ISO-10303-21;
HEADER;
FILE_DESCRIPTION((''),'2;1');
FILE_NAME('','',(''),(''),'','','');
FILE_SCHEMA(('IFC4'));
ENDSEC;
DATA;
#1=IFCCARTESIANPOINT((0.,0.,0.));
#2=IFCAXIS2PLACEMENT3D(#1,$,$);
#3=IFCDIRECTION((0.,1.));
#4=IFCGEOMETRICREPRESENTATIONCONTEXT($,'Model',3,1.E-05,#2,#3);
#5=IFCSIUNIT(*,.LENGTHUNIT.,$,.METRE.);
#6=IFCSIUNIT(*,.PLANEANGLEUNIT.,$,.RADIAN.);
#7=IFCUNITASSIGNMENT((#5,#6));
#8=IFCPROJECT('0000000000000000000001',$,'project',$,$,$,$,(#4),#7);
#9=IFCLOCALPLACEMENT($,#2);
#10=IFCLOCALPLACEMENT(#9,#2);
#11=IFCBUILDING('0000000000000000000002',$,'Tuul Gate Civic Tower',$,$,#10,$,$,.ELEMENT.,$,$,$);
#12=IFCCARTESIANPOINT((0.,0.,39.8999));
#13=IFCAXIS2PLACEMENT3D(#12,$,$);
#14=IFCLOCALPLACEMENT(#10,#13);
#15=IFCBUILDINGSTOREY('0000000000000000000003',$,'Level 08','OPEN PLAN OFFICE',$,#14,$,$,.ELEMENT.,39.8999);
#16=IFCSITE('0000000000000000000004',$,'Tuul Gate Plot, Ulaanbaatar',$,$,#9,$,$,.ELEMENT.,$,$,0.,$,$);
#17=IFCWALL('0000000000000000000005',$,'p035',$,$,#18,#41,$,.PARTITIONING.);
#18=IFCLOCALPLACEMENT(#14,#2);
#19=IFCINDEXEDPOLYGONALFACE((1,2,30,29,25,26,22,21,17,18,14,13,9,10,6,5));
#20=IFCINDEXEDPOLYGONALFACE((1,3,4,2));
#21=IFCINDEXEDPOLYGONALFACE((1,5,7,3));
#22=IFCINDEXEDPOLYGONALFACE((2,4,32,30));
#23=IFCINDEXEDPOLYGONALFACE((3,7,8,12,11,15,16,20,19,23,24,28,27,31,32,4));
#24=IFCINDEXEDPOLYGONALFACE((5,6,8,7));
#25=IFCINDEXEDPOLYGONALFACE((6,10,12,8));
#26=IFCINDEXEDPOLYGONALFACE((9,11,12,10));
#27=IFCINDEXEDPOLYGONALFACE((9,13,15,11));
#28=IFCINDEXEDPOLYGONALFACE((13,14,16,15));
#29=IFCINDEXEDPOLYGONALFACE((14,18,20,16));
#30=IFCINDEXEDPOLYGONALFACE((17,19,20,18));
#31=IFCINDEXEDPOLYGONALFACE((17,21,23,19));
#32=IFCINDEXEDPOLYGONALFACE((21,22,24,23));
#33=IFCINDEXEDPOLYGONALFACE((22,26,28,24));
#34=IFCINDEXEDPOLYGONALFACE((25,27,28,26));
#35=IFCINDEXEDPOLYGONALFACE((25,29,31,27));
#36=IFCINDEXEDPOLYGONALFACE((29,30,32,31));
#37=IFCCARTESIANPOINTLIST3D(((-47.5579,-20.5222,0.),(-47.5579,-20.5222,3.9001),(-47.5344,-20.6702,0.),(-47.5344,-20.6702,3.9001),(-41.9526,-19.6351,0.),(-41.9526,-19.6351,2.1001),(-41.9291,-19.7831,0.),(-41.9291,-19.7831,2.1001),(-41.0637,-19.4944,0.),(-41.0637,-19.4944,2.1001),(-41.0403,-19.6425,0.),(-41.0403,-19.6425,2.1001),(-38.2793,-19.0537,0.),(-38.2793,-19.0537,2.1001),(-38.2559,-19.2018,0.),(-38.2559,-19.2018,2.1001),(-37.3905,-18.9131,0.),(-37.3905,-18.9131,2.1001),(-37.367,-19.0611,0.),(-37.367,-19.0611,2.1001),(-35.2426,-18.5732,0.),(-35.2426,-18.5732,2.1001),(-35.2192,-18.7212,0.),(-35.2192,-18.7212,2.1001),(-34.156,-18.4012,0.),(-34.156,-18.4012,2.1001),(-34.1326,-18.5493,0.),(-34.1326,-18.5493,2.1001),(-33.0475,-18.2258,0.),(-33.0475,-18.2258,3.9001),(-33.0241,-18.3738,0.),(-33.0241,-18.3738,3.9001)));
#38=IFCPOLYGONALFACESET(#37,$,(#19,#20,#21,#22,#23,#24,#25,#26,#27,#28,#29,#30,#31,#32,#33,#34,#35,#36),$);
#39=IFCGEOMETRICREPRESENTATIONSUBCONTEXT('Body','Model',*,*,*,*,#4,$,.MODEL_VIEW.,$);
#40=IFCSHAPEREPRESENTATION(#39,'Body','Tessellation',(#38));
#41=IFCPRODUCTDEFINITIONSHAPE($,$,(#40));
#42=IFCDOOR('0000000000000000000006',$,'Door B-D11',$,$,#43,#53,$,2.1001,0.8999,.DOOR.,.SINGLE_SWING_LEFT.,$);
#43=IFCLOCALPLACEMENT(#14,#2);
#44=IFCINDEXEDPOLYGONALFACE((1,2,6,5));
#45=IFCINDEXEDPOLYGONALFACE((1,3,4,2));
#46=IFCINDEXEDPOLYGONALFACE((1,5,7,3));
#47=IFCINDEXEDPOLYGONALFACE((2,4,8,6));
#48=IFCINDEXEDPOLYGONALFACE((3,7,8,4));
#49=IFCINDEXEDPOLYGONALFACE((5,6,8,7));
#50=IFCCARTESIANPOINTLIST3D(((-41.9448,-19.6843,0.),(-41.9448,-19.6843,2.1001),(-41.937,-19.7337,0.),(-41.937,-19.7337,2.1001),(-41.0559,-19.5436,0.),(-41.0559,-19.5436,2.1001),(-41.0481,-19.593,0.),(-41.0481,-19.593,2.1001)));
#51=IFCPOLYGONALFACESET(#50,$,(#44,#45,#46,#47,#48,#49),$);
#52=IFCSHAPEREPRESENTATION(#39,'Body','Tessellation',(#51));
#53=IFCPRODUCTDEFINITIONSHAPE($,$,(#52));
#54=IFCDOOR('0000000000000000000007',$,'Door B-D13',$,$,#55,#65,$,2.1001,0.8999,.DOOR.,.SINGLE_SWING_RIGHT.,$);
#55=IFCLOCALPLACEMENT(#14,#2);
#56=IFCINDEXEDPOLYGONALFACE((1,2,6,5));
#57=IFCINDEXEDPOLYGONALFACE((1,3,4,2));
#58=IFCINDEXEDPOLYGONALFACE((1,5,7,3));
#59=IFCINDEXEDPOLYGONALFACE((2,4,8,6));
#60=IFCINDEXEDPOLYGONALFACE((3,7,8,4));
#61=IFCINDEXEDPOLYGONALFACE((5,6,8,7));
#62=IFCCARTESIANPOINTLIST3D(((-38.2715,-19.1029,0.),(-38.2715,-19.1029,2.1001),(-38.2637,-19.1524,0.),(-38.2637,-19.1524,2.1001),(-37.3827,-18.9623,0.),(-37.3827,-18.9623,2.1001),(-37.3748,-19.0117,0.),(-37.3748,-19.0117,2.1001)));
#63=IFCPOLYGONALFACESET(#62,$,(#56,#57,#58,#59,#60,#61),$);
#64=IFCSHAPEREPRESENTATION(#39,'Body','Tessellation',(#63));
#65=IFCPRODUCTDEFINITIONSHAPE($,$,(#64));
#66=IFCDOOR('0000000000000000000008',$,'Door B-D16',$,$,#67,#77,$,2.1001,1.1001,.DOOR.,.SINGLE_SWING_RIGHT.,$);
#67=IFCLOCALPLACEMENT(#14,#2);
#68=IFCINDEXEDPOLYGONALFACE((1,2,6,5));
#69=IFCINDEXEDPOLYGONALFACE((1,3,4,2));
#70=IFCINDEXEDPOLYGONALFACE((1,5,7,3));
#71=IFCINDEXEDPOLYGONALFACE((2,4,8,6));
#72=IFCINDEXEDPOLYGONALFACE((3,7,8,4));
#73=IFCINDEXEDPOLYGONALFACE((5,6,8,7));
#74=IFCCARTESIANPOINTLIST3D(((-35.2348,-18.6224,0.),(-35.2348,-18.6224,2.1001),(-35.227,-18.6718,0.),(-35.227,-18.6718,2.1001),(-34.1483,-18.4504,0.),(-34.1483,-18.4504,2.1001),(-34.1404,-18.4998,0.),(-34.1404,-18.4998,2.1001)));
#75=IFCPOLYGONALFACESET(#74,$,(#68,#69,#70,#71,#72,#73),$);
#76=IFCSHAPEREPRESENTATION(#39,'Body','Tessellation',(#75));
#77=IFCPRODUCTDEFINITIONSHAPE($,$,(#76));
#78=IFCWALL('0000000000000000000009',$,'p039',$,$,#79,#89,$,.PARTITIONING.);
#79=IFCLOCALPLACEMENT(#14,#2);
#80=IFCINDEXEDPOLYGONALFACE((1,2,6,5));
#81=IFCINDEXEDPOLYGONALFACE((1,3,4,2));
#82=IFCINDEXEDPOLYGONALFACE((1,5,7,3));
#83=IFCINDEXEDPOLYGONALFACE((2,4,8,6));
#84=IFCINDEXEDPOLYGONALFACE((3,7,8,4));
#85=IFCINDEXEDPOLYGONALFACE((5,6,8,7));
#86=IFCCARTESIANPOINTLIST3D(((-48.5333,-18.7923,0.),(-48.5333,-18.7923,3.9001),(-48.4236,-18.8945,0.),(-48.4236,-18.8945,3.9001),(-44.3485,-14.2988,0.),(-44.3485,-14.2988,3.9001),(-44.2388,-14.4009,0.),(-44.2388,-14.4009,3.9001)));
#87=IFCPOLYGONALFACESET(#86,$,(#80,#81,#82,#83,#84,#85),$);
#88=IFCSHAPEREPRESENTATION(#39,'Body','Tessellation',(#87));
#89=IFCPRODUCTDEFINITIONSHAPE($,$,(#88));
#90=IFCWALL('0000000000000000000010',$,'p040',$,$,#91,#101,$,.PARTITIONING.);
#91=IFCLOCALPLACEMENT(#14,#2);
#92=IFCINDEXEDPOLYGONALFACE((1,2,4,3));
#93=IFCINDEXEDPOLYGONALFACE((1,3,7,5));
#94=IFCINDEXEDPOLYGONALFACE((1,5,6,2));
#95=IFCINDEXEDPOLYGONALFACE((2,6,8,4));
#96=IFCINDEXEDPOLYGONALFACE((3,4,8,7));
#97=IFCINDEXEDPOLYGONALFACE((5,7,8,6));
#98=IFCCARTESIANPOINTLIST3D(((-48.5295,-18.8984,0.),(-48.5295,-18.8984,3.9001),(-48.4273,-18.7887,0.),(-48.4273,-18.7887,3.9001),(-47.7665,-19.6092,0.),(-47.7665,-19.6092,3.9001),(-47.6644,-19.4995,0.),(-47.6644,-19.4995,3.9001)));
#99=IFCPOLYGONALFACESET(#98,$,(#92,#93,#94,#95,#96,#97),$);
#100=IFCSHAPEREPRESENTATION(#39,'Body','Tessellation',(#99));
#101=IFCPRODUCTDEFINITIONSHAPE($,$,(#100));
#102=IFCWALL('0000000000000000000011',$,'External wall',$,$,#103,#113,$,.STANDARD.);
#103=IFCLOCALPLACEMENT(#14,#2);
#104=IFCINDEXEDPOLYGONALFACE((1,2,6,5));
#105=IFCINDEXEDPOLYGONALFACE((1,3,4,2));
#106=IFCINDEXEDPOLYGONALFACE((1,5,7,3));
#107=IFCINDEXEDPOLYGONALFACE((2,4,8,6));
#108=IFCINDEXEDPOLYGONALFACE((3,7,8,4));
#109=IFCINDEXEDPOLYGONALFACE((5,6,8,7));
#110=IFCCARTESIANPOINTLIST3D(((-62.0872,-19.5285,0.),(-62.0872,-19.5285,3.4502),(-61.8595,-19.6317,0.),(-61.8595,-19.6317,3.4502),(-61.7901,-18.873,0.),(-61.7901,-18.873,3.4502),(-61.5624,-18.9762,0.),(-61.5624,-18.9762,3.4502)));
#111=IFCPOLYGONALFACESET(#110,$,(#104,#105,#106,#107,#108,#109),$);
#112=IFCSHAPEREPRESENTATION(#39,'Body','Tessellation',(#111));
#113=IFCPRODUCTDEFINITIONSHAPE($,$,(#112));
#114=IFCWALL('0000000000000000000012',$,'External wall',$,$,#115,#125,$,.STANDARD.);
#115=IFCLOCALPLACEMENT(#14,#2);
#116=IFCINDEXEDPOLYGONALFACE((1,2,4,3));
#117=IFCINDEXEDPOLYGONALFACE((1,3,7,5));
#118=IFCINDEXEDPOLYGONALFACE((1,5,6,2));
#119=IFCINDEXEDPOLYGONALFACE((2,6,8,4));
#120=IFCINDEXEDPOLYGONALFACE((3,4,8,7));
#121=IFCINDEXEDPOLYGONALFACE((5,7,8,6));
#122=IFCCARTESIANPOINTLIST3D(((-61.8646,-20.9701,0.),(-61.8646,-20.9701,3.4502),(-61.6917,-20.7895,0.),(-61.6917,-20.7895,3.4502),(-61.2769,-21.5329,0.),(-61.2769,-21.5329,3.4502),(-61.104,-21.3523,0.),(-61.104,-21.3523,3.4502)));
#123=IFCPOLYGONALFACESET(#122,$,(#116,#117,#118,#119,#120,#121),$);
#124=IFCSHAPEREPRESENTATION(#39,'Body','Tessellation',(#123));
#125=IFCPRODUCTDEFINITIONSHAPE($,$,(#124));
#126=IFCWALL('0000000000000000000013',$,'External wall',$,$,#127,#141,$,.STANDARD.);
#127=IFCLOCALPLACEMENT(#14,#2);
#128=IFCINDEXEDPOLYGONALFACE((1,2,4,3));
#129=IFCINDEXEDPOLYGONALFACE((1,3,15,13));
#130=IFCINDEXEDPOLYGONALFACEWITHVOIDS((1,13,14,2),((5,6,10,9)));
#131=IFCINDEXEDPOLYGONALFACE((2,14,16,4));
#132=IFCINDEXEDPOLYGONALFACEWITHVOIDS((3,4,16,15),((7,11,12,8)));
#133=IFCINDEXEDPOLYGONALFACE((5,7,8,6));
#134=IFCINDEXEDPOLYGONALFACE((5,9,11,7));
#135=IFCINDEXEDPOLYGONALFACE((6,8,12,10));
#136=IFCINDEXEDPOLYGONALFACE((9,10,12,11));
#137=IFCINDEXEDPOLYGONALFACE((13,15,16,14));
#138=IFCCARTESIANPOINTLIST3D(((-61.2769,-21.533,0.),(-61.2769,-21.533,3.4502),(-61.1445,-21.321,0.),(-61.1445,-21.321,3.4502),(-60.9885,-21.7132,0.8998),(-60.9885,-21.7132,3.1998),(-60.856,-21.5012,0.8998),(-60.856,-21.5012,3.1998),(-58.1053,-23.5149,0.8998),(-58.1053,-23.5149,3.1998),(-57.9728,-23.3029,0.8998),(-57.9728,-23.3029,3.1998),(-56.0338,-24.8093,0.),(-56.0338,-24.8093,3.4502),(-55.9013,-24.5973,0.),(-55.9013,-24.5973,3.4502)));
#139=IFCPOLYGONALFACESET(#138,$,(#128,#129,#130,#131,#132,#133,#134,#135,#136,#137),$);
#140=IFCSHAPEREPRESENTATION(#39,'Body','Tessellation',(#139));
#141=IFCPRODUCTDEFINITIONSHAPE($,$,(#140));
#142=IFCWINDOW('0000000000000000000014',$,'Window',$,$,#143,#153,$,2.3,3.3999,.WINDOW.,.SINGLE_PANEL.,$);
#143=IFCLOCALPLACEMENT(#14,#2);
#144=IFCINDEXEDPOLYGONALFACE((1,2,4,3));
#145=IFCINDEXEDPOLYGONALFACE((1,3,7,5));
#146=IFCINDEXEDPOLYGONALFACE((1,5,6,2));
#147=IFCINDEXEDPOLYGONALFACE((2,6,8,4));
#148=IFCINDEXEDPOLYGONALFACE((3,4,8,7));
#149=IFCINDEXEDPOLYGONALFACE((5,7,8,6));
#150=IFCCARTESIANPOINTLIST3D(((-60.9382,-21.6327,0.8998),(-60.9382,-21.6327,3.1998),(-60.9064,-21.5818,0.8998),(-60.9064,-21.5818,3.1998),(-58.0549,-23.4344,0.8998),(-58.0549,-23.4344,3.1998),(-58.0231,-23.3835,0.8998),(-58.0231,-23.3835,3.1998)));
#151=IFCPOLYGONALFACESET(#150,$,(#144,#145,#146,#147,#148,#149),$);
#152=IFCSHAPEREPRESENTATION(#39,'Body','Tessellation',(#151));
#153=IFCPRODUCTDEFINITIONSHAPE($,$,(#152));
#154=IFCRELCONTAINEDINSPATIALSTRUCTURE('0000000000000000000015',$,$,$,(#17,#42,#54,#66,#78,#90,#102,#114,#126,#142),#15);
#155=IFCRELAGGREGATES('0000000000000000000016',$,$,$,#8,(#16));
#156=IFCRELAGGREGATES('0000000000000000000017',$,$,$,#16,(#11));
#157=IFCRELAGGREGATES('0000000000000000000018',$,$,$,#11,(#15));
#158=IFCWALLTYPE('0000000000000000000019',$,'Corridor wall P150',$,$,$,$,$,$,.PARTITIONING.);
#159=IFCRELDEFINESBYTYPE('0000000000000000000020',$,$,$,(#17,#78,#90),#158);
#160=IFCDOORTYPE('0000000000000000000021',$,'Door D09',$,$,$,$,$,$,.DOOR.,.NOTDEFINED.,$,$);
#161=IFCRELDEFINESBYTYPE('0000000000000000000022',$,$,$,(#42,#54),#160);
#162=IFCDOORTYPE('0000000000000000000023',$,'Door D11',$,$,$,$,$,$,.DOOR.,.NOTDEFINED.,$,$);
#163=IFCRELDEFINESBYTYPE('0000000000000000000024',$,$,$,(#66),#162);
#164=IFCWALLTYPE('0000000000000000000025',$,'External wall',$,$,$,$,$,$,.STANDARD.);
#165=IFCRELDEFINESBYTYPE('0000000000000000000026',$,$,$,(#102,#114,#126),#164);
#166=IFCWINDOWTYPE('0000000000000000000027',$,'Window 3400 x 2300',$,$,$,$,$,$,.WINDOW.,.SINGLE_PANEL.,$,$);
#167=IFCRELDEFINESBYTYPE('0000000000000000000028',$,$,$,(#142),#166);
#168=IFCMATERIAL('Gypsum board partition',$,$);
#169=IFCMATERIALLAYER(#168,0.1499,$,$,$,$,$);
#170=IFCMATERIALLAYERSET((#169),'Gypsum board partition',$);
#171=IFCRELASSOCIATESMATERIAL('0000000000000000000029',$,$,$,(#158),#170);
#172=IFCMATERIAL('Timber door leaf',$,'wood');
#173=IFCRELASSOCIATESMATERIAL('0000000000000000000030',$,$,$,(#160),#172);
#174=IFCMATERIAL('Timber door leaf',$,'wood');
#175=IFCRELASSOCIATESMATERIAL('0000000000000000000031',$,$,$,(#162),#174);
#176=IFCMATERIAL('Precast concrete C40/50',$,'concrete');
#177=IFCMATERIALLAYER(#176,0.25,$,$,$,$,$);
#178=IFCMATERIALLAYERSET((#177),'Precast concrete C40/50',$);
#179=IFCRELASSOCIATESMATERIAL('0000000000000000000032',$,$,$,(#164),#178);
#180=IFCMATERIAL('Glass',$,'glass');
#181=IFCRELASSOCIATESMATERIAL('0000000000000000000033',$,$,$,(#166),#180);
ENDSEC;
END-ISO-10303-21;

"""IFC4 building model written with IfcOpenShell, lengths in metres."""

from ifc_helpers import new_model, si_unit, direction, frame, frame_2d, origin, place, context, subcontext, project, spatial, rectangle, extrude, material, layer, layer_set, type_object, element, fill, save


model = new_model("IFC4")

# Units and contexts
model_context = context("Model", 3, precision=1e-05, world=origin(), true_north=direction((0.0, 1.0)))
body_context = subcontext(model_context, "Body", "Model", "MODEL_VIEW")
ifc_project = project(units=[si_unit("LENGTHUNIT", "METRE"), si_unit("PLANEANGLEUNIT", "RADIAN")], contexts=[model_context])

# Site, building, storey
site_placement = place(None, origin())
site = spatial("IfcSite", under=ifc_project, at=site_placement, Name="Tuul Gate Plot, Ulaanbaatar", CompositionType="ELEMENT", RefElevation=0.0)
building_placement = place(site_placement, origin())
building = spatial("IfcBuilding", under=site, at=building_placement, Name="Tuul Gate Civic Tower", CompositionType="ELEMENT")
storey_placement = place(building_placement, frame((0.0, 0.0, 39.8999)))
storey = spatial("IfcBuildingStorey", under=building, at=storey_placement, Name="Level 08", Description="OPEN PLAN OFFICE", CompositionType="ELEMENT", Elevation=39.8999)

# Shared definitions
ifc_material_1 = material(Name="Gypsum board partition")
ifc_layer_1 = layer(ifc_material_1, 0.1499)
ifc_layer_set_1 = layer_set([ifc_layer_1], Name="Gypsum board partition")
wall_type_1 = type_object("IfcWallType", Name="Corridor wall P150", PredefinedType="PARTITIONING", material=ifc_layer_set_1)

# Wall, openings, doors
wall_1_placement = place(storey_placement, frame((-47.5461, -20.5962, 0.0), z_axis=(0.0, 0.0, 1.0), x_axis=(0.987707, 0.156314, 0.0)))
wall_1 = element("IfcWall", 1, at=wall_1_placement, inside=storey, type_object=wall_type_1, Name="p035", PredefinedType="PARTITIONING", context=body_context, shape_type="SweptSolid", body=[
    extrude(rectangle(XDim=14.6909, YDim=0.1499, at=frame_2d((7.3455, 0.0))), origin(), (0.0, 0.0, 1.0), 3.9001),
])
opening_1_placement = place(wall_1_placement, frame((5.675, 0.0, 0.0)))
opening_1 = element("IfcOpeningElement", 2, at=opening_1_placement, cuts=wall_1, PredefinedType="OPENING", context=body_context, shape_type="SweptSolid", body=[
    extrude(rectangle(XDim=0.8999, YDim=2.1001, at=frame_2d((0.45, 1.05))), frame((0.0, 0.085, 0.0), z_axis=(0.0, -1.0, 0.0), x_axis=(1.0, 0.0, 0.0)), (0.0, 0.0, 1.0), 0.1699),
])
opening_2_placement = place(wall_1_placement, frame((9.394, 0.0, 0.0)))
opening_2 = element("IfcOpeningElement", 3, at=opening_2_placement, cuts=wall_1, PredefinedType="OPENING", context=body_context, shape_type="SweptSolid", body=[
    extrude(rectangle(XDim=0.8999, YDim=2.1001, at=frame_2d((0.45, 1.05))), frame((0.0, 0.085, 0.0), z_axis=(0.0, -1.0, 0.0), x_axis=(1.0, 0.0, 0.0)), (0.0, 0.0, 1.0), 0.1699),
])
opening_3_placement = place(wall_1_placement, frame((12.4685, 0.0, 0.0)))
opening_3 = element("IfcOpeningElement", 4, at=opening_3_placement, cuts=wall_1, PredefinedType="OPENING", context=body_context, shape_type="SweptSolid", body=[
    extrude(rectangle(XDim=1.1001, YDim=2.1001, at=frame_2d((0.55, 1.05))), frame((0.0, 0.085, 0.0), z_axis=(0.0, -1.0, 0.0), x_axis=(1.0, 0.0, 0.0)), (0.0, 0.0, 1.0), 0.1699),
])
ifc_material_2 = material(Name="Timber door leaf", Category="wood")
door_type_1 = type_object("IfcDoorType", Name="Door D09", OperationType="NOTDEFINED", PredefinedType="DOOR", material=ifc_material_2)
door_1_placement = place(opening_1_placement, frame((0.8999, 0.0, 0.0), z_axis=(0.0, 0.0, 1.0), x_axis=(-1.0, 0.0, 0.0)))
door_1 = element("IfcDoor", 5, at=door_1_placement, inside=storey, type_object=door_type_1, Name="Door B-D11", OperationType="SINGLE_SWING_LEFT", OverallHeight=2.1001, OverallWidth=0.8999, PredefinedType="DOOR", context=body_context, shape_type="SweptSolid", body=[
    extrude(rectangle(XDim=0.8999, YDim=2.1001, at=frame_2d((0.45, 1.05))), frame((0.0, 0.0249, 0.0), z_axis=(0.0, -1.0, 0.0), x_axis=(1.0, 0.0, 0.0)), (0.0, 0.0, 1.0), 0.05),
])
fill(opening_1, door_1)
door_2_placement = place(opening_2_placement, frame((0.8999, 0.0, 0.0), z_axis=(0.0, 0.0, 1.0), x_axis=(-1.0, 0.0, 0.0)))
door_2 = element("IfcDoor", 6, at=door_2_placement, inside=storey, type_object=door_type_1, Name="Door B-D13", OperationType="SINGLE_SWING_RIGHT", OverallHeight=2.1001, OverallWidth=0.8999, PredefinedType="DOOR", context=body_context, shape_type="SweptSolid", body=[
    extrude(rectangle(XDim=0.8999, YDim=2.1001, at=frame_2d((0.45, 1.05))), frame((0.0, 0.0249, 0.0), z_axis=(0.0, -1.0, 0.0), x_axis=(1.0, 0.0, 0.0)), (0.0, 0.0, 1.0), 0.05),
])
fill(opening_2, door_2)
ifc_material_3 = material(Name="Timber door leaf", Category="wood")
door_type_2 = type_object("IfcDoorType", Name="Door D11", OperationType="NOTDEFINED", PredefinedType="DOOR", material=ifc_material_3)
door_3_placement = place(opening_3_placement, frame((1.1001, 0.0, 0.0), z_axis=(0.0, 0.0, 1.0), x_axis=(-1.0, 0.0, 0.0)))
door_3 = element("IfcDoor", 7, at=door_3_placement, inside=storey, type_object=door_type_2, Name="Door B-D16", OperationType="SINGLE_SWING_RIGHT", OverallHeight=2.1001, OverallWidth=1.1001, PredefinedType="DOOR", context=body_context, shape_type="SweptSolid", body=[
    extrude(rectangle(XDim=1.1001, YDim=2.1001, at=frame_2d((0.55, 1.05))), frame((0.0, 0.0249, 0.0), z_axis=(0.0, -1.0, 0.0), x_axis=(1.0, 0.0, 0.0)), (0.0, 0.0, 1.0), 0.05),
])
fill(opening_3, door_3)

# Walls
wall_2_placement = place(storey_placement, frame((-48.4785, -18.8435, 0.0), z_axis=(0.0, 0.0, 1.0), x_axis=(0.681512, 0.731807, 0.0)))
element("IfcWall", 8, at=wall_2_placement, inside=storey, type_object=wall_type_1, Name="p039", PredefinedType="PARTITIONING", context=body_context, shape_type="SweptSolid", body=[
    extrude(rectangle(XDim=6.1404, YDim=0.1499, at=frame_2d((3.0703, 0.0))), origin(), (0.0, 0.0, 1.0), 3.9001),
])
wall_3_placement = place(storey_placement, frame((-48.4785, -18.8435, 0.0), z_axis=(0.0, 0.0, 1.0), x_axis=(0.731717, -0.681609, 0.0)))
element("IfcWall", 9, at=wall_3_placement, inside=storey, type_object=wall_type_1, Name="p040", PredefinedType="PARTITIONING", context=body_context, shape_type="SweptSolid", body=[
    extrude(rectangle(XDim=1.0427, YDim=0.1499, at=frame_2d((0.5215, 0.0))), origin(), (0.0, 0.0, 1.0), 3.9001),
])
ifc_material_4 = material(Name="Precast concrete C40/50", Category="concrete")
ifc_layer_2 = layer(ifc_material_4, 0.25)
ifc_layer_set_2 = layer_set([ifc_layer_2], Name="Precast concrete C40/50")
wall_type_2 = type_object("IfcWallType", Name="External wall", PredefinedType="STANDARD", material=ifc_layer_set_2)
wall_4_placement = place(storey_placement, frame((-61.6763, -18.9246, 0.0), z_axis=(0.0, 0.0, 1.0), x_axis=(-0.412832, -0.910807, 0.0)))
element("IfcWall", 10, at=wall_4_placement, inside=storey, type_object=wall_type_2, Name="External wall", PredefinedType="STANDARD", context=body_context, shape_type="SweptSolid", body=[
    extrude(rectangle(XDim=0.7197, YDim=0.25, at=frame_2d((0.3599, 0.0))), origin(), (0.0, 0.0, 1.0), 3.4502),
])
wall_5_placement = place(storey_placement, frame((-61.7781, -20.8799, 0.0), z_axis=(0.0, 0.0, 1.0), x_axis=(0.722244, -0.691638, 0.0)))
element("IfcWall", 11, at=wall_5_placement, inside=storey, type_object=wall_type_2, Name="External wall", PredefinedType="STANDARD", context=body_context, shape_type="SweptSolid", body=[
    extrude(rectangle(XDim=0.8137, YDim=0.25, at=frame_2d((0.4067, 0.0))), origin(), (0.0, 0.0, 1.0), 3.4502),
])

# Wall, opening, window
wall_6_placement = place(storey_placement, frame((-61.2107, -21.427, 0.0), z_axis=(0.0, 0.0, 1.0), x_axis=(0.848043, -0.529928, 0.0)))
wall_6 = element("IfcWall", 12, at=wall_6_placement, inside=storey, type_object=wall_type_2, Name="External wall", PredefinedType="STANDARD", context=body_context, shape_type="SweptSolid", body=[
    extrude(rectangle(XDim=6.1826, YDim=0.25, at=frame_2d((3.0913, 0.0))), origin(), (0.0, 0.0, 1.0), 3.4502),
])
opening_4_placement = place(wall_6_placement, frame((0.3401, 0.0, 0.8999)))
opening_4 = element("IfcOpeningElement", 13, at=opening_4_placement, cuts=wall_6, PredefinedType="OPENING", context=body_context, shape_type="SweptSolid", body=[
    extrude(rectangle(XDim=3.3999, YDim=2.3, at=frame_2d((1.7, 1.1499))), frame((0.0, 0.135, 0.0), z_axis=(0.0, -1.0, 0.0), x_axis=(1.0, 0.0, 0.0)), (0.0, 0.0, 1.0), 0.27),
])
ifc_material_5 = material(Name="Glass", Category="glass")
window_type_1 = type_object("IfcWindowType", Name="Window 3400 x 2300", PartitioningType="SINGLE_PANEL", PredefinedType="WINDOW", material=ifc_material_5)
window_1_placement = place(opening_4_placement, origin())
window_1 = element("IfcWindow", 14, at=window_1_placement, inside=storey, type_object=window_type_1, Name="Window", OverallHeight=2.3, OverallWidth=3.3999, PartitioningType="SINGLE_PANEL", PredefinedType="WINDOW", context=body_context, shape_type="SweptSolid", body=[
    extrude(rectangle(XDim=3.3999, YDim=2.3, at=frame_2d((1.7, 1.1499))), frame((0.0, 0.03, 0.0), z_axis=(0.0, -1.0, 0.0), x_axis=(1.0, 0.0, 0.0)), (0.0, 0.0, 1.0), 0.0601),
])
fill(opening_4, window_1)

save(model, "model.ifc")
